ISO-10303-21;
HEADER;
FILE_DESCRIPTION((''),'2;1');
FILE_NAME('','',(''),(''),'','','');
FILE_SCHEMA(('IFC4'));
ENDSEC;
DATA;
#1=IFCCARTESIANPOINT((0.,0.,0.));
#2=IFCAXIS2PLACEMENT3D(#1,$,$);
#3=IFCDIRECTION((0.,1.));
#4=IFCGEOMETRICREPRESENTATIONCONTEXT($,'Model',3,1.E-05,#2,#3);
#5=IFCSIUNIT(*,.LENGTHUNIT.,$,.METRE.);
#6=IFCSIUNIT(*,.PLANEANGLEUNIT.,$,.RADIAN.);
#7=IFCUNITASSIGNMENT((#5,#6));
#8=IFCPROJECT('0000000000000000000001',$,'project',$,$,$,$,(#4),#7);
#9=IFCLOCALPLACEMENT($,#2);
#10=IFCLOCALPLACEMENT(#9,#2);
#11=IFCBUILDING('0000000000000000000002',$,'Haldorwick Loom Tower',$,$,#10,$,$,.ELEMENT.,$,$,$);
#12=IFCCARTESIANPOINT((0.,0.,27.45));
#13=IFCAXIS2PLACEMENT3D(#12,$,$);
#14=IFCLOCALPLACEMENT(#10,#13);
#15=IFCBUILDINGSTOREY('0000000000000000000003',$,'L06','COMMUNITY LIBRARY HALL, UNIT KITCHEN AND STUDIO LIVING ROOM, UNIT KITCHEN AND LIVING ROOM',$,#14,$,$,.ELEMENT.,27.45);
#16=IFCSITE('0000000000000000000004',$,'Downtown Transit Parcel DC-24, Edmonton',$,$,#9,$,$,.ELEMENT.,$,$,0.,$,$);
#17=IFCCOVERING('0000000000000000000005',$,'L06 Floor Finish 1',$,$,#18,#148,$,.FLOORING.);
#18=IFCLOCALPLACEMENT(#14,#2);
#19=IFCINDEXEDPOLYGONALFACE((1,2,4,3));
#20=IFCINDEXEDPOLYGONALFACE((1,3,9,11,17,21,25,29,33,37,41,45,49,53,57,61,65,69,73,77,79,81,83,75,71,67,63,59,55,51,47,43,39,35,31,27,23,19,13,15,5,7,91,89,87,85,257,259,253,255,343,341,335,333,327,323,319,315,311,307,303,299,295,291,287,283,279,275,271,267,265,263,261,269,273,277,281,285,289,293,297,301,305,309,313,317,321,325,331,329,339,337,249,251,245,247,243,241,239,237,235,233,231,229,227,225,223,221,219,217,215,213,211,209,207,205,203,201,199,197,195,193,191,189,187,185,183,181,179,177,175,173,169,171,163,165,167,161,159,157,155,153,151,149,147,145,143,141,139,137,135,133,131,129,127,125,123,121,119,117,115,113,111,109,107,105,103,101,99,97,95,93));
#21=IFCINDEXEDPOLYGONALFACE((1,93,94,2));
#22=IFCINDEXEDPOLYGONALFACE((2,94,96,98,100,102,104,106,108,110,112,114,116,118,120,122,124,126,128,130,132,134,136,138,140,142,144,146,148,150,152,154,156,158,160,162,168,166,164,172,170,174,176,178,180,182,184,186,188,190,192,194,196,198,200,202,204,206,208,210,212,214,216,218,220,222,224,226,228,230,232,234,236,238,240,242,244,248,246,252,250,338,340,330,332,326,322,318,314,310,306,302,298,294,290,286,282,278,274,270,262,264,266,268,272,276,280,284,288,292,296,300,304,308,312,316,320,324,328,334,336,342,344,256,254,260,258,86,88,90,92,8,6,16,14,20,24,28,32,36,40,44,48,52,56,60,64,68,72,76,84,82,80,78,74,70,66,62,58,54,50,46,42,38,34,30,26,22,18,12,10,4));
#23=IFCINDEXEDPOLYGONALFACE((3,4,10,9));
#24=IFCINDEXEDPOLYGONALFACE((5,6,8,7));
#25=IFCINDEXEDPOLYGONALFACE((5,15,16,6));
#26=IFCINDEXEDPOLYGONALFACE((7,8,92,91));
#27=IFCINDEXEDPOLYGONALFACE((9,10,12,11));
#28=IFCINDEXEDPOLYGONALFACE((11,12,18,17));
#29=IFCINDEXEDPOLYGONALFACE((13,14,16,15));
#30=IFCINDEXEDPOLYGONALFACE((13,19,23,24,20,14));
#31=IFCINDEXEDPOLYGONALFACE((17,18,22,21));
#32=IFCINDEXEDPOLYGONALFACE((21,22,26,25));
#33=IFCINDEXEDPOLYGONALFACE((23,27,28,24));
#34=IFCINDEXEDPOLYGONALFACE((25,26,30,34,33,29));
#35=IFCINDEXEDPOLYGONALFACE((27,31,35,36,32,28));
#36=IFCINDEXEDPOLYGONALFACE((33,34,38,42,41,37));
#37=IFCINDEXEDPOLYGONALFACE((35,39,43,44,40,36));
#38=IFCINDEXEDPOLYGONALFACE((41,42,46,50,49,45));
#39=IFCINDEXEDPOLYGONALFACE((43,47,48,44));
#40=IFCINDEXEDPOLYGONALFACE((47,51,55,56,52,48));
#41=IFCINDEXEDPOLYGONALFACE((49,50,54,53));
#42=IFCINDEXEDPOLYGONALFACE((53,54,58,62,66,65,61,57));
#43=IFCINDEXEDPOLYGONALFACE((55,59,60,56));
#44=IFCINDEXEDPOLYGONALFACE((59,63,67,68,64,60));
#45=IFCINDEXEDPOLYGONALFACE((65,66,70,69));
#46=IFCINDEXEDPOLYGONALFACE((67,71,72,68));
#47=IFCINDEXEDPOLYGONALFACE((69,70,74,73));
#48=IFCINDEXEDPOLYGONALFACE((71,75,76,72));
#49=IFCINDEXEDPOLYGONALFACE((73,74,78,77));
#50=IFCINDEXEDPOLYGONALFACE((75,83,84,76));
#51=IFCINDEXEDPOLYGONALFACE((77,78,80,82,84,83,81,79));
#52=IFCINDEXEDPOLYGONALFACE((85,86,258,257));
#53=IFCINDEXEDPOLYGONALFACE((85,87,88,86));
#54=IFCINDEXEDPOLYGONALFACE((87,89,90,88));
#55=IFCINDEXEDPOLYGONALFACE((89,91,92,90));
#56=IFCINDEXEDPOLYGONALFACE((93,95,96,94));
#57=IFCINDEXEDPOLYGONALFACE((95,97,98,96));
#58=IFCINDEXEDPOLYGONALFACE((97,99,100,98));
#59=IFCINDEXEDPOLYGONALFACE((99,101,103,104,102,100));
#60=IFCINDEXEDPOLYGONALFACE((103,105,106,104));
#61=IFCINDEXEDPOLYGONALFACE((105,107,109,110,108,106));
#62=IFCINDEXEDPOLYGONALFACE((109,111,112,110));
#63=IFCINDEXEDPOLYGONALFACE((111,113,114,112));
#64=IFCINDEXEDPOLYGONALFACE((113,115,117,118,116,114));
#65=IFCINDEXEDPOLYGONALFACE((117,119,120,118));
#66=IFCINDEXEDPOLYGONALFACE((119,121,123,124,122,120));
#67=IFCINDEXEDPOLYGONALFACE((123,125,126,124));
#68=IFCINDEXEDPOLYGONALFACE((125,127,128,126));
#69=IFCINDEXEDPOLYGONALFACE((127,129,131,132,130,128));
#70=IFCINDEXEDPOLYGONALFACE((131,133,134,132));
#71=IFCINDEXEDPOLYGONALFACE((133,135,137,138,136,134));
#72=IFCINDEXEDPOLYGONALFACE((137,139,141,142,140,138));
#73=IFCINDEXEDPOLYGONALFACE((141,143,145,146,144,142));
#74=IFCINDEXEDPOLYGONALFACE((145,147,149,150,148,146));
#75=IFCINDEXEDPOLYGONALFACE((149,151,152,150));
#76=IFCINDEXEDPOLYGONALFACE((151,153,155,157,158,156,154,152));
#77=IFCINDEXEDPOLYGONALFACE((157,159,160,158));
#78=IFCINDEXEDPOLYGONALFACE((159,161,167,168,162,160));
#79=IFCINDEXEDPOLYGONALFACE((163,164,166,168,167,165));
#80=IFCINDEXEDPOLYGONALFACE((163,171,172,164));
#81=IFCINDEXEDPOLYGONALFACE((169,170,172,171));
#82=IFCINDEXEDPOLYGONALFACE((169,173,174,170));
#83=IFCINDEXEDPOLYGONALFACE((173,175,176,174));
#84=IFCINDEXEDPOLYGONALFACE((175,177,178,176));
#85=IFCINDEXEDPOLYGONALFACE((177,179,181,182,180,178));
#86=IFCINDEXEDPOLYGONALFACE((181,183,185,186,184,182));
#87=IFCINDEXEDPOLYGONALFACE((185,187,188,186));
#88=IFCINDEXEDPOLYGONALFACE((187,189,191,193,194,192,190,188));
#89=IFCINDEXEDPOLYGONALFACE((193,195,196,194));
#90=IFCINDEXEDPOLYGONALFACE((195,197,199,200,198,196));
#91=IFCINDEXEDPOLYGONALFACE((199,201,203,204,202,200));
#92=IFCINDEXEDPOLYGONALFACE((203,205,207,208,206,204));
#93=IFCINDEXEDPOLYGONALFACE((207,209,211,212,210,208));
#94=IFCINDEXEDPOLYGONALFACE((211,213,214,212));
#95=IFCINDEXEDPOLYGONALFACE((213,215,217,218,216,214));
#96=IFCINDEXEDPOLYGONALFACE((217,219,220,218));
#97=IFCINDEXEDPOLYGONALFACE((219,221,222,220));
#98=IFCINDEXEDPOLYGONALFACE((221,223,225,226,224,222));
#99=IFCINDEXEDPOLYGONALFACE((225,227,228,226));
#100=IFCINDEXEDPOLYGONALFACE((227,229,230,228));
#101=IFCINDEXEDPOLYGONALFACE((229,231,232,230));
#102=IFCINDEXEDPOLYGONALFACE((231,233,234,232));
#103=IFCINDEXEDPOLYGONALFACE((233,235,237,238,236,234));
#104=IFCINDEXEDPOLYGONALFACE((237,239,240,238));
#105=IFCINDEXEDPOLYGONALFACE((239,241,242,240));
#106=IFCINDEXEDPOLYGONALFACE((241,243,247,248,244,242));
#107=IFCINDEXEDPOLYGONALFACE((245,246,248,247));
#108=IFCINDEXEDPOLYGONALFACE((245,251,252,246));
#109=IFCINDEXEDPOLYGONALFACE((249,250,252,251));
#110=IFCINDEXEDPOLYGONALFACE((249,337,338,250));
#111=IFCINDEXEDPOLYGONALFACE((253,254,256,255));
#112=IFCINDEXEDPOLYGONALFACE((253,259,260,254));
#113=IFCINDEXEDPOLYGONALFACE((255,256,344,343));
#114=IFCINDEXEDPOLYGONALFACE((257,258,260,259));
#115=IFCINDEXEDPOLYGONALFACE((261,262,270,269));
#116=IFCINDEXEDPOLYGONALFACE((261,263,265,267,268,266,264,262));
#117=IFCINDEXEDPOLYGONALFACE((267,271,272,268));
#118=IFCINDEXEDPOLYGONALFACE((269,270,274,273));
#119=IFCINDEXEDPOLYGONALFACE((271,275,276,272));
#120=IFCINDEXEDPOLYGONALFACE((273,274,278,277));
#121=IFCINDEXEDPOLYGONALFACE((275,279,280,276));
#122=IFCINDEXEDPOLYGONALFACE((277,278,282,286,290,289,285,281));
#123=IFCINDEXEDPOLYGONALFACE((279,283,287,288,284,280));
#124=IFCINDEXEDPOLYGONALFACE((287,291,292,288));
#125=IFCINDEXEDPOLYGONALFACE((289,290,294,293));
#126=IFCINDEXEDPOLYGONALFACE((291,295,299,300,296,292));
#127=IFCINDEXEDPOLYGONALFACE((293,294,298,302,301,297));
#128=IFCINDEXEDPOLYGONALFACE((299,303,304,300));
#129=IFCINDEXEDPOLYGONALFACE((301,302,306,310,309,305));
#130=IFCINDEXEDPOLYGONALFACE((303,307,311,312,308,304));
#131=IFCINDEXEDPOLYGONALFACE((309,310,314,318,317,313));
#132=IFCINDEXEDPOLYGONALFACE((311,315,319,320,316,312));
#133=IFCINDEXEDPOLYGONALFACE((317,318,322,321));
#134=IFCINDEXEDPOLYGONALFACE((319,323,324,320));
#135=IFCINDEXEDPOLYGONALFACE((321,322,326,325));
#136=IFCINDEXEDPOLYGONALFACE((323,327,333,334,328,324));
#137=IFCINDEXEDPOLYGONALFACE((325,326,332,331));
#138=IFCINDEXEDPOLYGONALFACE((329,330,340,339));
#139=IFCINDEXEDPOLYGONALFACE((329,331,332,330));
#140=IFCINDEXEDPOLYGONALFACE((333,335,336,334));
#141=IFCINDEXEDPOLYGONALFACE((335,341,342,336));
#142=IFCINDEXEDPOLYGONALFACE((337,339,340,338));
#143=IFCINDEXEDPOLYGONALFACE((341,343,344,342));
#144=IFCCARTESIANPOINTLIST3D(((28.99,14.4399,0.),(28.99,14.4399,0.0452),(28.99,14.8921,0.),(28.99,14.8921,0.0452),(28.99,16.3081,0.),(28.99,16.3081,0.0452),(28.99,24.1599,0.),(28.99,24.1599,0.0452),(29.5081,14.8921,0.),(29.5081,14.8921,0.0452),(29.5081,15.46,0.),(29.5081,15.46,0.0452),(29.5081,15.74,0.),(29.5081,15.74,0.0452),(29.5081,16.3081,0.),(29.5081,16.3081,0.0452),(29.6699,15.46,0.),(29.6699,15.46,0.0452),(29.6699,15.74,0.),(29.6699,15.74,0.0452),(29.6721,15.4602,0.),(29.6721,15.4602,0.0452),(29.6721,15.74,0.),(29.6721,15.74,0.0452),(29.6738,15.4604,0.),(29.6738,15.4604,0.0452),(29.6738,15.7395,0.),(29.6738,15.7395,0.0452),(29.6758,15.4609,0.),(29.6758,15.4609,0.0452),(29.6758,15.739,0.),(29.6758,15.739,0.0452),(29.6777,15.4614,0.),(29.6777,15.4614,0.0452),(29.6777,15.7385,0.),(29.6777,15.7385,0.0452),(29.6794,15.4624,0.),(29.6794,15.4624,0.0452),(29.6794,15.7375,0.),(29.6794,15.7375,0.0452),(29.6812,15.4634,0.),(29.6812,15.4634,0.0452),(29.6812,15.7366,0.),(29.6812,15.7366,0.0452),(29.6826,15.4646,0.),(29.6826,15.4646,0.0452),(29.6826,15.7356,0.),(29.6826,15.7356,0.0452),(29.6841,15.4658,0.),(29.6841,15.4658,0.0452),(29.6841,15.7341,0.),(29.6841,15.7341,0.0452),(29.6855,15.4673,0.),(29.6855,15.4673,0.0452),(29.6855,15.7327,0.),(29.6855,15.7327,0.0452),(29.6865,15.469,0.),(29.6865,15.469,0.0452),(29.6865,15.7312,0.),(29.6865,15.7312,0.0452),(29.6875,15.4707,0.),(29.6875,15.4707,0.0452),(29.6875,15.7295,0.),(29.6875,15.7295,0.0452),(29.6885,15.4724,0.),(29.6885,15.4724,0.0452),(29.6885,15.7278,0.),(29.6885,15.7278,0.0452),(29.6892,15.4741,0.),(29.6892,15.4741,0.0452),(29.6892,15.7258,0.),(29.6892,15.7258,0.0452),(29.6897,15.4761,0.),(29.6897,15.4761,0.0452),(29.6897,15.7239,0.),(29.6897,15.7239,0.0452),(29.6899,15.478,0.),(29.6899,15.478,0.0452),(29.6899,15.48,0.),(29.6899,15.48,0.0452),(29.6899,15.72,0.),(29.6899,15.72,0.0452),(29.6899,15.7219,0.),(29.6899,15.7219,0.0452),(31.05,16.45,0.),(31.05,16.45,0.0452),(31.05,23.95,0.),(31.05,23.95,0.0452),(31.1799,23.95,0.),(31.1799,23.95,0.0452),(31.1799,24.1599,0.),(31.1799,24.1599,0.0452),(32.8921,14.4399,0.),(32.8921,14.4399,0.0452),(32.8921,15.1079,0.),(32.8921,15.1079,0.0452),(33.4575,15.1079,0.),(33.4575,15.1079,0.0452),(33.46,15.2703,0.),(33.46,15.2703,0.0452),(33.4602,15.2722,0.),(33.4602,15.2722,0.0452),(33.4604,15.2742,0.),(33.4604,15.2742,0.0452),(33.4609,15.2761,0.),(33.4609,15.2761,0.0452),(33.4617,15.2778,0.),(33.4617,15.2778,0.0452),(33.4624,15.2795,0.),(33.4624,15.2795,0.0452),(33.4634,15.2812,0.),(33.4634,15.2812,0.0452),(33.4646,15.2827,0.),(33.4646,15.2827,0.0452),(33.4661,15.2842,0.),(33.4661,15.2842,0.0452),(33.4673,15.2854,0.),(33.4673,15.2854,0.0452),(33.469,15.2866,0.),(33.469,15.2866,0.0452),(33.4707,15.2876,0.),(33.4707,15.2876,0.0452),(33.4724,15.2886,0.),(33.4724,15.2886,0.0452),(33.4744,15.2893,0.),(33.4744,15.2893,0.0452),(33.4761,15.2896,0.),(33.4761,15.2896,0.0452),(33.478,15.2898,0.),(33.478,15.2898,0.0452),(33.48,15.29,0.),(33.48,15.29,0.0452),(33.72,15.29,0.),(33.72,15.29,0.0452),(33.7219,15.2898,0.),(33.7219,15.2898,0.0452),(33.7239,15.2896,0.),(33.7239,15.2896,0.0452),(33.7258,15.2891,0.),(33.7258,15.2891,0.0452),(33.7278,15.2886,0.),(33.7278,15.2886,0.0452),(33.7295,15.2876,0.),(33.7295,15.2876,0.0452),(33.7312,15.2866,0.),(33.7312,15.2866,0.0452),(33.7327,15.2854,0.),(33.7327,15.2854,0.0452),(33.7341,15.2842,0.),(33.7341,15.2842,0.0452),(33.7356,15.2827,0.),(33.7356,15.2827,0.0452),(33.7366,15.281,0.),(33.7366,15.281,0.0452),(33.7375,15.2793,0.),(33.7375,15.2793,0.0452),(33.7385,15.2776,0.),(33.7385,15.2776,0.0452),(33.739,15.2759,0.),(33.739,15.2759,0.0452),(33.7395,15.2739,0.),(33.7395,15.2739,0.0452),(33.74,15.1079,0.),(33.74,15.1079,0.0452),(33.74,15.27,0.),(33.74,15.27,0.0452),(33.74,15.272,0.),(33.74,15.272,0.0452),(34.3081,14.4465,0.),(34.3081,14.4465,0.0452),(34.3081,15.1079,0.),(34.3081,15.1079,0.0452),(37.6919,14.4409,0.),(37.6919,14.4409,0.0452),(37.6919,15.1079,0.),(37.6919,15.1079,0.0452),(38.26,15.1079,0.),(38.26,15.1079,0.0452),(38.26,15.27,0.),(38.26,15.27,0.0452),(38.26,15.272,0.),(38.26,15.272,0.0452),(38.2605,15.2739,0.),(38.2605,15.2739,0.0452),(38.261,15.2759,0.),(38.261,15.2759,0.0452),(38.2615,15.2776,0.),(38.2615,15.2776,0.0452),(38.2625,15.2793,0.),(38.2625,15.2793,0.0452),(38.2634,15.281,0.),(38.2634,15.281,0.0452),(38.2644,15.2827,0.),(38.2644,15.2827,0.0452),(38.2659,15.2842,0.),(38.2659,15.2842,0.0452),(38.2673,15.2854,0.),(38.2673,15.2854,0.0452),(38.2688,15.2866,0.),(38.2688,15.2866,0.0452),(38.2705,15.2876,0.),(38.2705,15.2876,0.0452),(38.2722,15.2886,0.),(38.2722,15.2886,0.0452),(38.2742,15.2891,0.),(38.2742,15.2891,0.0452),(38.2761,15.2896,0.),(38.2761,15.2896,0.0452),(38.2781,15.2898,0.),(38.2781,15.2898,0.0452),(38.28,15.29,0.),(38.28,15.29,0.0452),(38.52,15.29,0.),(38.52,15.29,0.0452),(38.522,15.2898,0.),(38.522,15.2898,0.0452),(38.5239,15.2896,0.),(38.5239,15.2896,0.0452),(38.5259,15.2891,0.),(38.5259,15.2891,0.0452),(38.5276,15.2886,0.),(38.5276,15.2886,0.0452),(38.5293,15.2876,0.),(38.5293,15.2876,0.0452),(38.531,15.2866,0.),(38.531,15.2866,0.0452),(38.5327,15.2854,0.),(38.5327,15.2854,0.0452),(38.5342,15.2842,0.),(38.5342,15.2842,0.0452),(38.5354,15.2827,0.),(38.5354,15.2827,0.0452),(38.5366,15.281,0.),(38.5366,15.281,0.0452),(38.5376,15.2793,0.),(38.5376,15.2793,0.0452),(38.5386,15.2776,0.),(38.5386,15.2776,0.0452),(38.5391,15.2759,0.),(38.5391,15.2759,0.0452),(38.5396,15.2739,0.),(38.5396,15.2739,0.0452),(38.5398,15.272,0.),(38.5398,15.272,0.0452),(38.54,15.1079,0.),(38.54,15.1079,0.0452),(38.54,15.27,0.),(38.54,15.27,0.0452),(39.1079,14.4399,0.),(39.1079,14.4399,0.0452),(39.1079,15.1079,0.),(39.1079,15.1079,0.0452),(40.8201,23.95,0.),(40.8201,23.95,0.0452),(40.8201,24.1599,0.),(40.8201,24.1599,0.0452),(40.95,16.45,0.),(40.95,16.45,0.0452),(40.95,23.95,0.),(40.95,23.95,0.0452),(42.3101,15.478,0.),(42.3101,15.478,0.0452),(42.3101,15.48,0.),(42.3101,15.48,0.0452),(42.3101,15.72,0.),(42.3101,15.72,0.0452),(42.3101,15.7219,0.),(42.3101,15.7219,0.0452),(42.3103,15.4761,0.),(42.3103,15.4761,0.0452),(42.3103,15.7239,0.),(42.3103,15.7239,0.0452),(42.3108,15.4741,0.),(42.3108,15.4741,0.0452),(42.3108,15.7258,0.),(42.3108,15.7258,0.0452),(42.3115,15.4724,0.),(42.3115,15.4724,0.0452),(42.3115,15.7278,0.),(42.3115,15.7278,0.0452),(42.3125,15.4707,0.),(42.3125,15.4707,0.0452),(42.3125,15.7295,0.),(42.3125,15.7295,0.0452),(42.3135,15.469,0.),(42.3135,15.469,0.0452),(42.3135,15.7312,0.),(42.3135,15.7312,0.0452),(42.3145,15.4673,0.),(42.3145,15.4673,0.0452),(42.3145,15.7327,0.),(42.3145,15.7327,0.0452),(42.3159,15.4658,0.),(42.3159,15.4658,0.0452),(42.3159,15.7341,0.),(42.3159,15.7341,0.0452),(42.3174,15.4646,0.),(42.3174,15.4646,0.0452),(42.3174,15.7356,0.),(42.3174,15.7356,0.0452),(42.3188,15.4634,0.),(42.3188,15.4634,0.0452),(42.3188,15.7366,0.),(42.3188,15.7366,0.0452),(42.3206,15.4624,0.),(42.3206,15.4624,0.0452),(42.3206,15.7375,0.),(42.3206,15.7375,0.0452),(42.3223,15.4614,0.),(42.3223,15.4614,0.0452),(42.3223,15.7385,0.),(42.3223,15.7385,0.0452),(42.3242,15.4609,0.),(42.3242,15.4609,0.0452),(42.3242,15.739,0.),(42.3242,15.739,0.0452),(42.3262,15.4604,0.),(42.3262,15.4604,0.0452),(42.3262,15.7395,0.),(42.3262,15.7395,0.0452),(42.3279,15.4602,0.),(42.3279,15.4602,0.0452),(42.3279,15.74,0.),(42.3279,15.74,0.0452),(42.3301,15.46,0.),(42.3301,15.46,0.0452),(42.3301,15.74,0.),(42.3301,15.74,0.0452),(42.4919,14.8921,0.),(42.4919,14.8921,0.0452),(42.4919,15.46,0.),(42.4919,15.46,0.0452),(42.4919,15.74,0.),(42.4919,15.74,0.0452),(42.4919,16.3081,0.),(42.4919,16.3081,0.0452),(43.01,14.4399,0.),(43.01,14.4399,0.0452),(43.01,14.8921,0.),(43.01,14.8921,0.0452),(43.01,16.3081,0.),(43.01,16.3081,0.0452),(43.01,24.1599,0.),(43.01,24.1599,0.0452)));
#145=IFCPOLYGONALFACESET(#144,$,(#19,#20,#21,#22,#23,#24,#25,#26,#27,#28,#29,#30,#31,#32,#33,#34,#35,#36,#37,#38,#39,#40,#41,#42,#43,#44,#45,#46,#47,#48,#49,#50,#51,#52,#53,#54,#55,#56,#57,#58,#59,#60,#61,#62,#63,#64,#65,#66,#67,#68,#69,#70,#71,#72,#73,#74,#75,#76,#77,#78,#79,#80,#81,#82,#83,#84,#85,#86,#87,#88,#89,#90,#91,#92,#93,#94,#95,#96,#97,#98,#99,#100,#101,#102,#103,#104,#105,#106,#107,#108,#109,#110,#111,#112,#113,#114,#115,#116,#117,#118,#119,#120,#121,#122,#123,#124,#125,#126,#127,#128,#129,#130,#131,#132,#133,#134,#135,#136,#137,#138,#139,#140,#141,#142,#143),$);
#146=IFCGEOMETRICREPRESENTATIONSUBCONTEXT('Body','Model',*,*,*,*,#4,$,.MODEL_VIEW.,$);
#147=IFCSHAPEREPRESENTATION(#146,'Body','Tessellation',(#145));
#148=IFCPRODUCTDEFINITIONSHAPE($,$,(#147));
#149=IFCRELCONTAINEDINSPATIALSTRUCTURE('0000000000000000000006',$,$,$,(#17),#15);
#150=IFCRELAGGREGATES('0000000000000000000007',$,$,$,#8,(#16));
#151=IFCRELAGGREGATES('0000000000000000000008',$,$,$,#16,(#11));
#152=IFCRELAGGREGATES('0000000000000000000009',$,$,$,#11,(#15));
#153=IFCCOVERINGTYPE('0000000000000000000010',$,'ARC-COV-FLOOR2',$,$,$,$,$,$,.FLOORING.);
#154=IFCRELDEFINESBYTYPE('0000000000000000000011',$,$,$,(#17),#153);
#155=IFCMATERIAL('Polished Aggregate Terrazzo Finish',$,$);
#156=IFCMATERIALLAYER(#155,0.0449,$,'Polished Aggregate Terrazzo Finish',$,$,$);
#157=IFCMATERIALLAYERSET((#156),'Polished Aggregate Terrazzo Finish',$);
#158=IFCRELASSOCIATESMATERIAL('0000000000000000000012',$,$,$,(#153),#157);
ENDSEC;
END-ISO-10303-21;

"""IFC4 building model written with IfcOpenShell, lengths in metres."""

from ifc_helpers import new_model, si_unit, direction, frame, origin, place, context, subcontext, project, spatial, polyline, outline, extrude, material, layer, layer_set, type_object, element, save


model = new_model("IFC4")

# Units and contexts
model_context = context("Model", 3, precision=1e-05, world=origin(), true_north=direction((0.0, 1.0)))
body_context = subcontext(model_context, "Body", "Model", "MODEL_VIEW")
ifc_project = project(units=[si_unit("LENGTHUNIT", "METRE"), si_unit("PLANEANGLEUNIT", "RADIAN")], contexts=[model_context])

# Site, building, storey
site_placement = place(None, origin())
site = spatial("IfcSite", under=ifc_project, at=site_placement, Name="Downtown Transit Parcel DC-24, Edmonton", CompositionType="ELEMENT", RefElevation=0.0)
building_placement = place(site_placement, origin())
building = spatial("IfcBuilding", under=site, at=building_placement, Name="Haldorwick Loom Tower", CompositionType="ELEMENT")
storey_placement = place(building_placement, frame((0.0, 0.0, 27.45)))
storey = spatial("IfcBuildingStorey", under=building, at=storey_placement, Name="L06", Description="COMMUNITY LIBRARY HALL, UNIT KITCHEN AND STUDIO LIVING ROOM, UNIT KITCHEN AND LIVING ROOM", CompositionType="ELEMENT", Elevation=27.45)

# Covering
ifc_material_1 = material(Name="Polished Aggregate Terrazzo Finish")
ifc_layer_1 = layer(ifc_material_1, 0.0449, Name="Polished Aggregate Terrazzo Finish")
ifc_layer_set_1 = layer_set([ifc_layer_1], Name="Polished Aggregate Terrazzo Finish")
covering_type_1 = type_object("IfcCoveringType", Name="ARC-COV-FLOOR2", PredefinedType="FLOORING", material=ifc_layer_set_1)
covering_1_placement = place(storey_placement, origin())
element("IfcCovering", 1, at=covering_1_placement, inside=storey, type_object=covering_type_1, Name="L06 Floor Finish 1", PredefinedType="FLOORING", context=body_context, shape_type="SweptSolid", body=[
    extrude(outline(polyline([(37.6919, 14.4409), (37.6919, 15.1079), (38.26, 15.1079), (38.26, 15.27), (38.26, 15.272), (38.2605, 15.2739), (38.261, 15.2759), (38.2615, 15.2776), (38.2625, 15.2793), (38.2634, 15.281), (38.2644, 15.2827), (38.2659, 15.2842), (38.2673, 15.2854), (38.2688, 15.2866), (38.2705, 15.2876), (38.2722, 15.2886), (38.2742, 15.2891), (38.2761, 15.2896), (38.2781, 15.2898), (38.28, 15.29), (38.52, 15.29), (38.522, 15.2898), (38.5239, 15.2896), (38.5259, 15.2891), (38.5276, 15.2886), (38.5293, 15.2876), (38.531, 15.2866), (38.5327, 15.2854), (38.5342, 15.2842), (38.5354, 15.2827), (38.5366, 15.281), (38.5376, 15.2793), (38.5386, 15.2776), (38.5391, 15.2759), (38.5396, 15.2739), (38.5398, 15.272), (38.54, 15.27), (38.54, 15.1079), (39.1079, 15.1079), (39.1079, 14.4399), (43.01, 14.4399), (43.01, 14.8921), (42.4919, 14.8921), (42.4919, 15.46), (42.3301, 15.46), (42.3279, 15.4602), (42.3262, 15.4604), (42.3242, 15.4609), (42.3223, 15.4614), (42.3206, 15.4624), (42.3188, 15.4634), (42.3174, 15.4646), (42.3159, 15.4658), (42.3145, 15.4673), (42.3135, 15.469), (42.3125, 15.4707), (42.3115, 15.4724), (42.3108, 15.4741), (42.3103, 15.4761), (42.3101, 15.478), (42.3101, 15.48), (42.3101, 15.72), (42.3101, 15.7219), (42.3103, 15.7239), (42.3108, 15.7258), (42.3115, 15.7278), (42.3125, 15.7295), (42.3135, 15.7312), (42.3145, 15.7327), (42.3159, 15.7341), (42.3174, 15.7356), (42.3188, 15.7366), (42.3206, 15.7375), (42.3223, 15.7385), (42.3242, 15.739), (42.3262, 15.7395), (42.3279, 15.74), (42.3301, 15.74), (42.4919, 15.74), (42.4919, 16.3081), (43.01, 16.3081), (43.01, 24.1599), (40.8201, 24.1599), (40.8201, 23.95), (40.95, 23.95), (40.95, 16.45), (31.05, 16.45), (31.05, 23.95), (31.1799, 23.95), (31.1799, 24.1599), (28.99, 24.1599), (28.99, 16.3081), (29.5081, 16.3081), (29.5081, 15.74), (29.6699, 15.74), (29.6721, 15.74), (29.6738, 15.7395), (29.6758, 15.739), (29.6777, 15.7385), (29.6794, 15.7375), (29.6812, 15.7366), (29.6826, 15.7356), (29.6841, 15.7341), (29.6855, 15.7327), (29.6865, 15.7312), (29.6875, 15.7295), (29.6885, 15.7278), (29.6892, 15.7258), (29.6897, 15.7239), (29.6899, 15.7219), (29.6899, 15.72), (29.6899, 15.48), (29.6899, 15.478), (29.6897, 15.4761), (29.6892, 15.4741), (29.6885, 15.4724), (29.6875, 15.4707), (29.6865, 15.469), (29.6855, 15.4673), (29.6841, 15.4658), (29.6826, 15.4646), (29.6812, 15.4634), (29.6794, 15.4624), (29.6777, 15.4614), (29.6758, 15.4609), (29.6738, 15.4604), (29.6721, 15.4602), (29.6699, 15.46), (29.5081, 15.46), (29.5081, 14.8921), (28.99, 14.8921), (28.99, 14.4399), (32.8921, 14.4399), (32.8921, 15.1079), (33.4575, 15.1079), (33.46, 15.2703), (33.4602, 15.2722), (33.4604, 15.2742), (33.4609, 15.2761), (33.4617, 15.2778), (33.4624, 15.2795), (33.4634, 15.2812), (33.4646, 15.2827), (33.4661, 15.2842), (33.4673, 15.2854), (33.469, 15.2866), (33.4707, 15.2876), (33.4724, 15.2886), (33.4744, 15.2893), (33.4761, 15.2896), (33.478, 15.2898), (33.48, 15.29), (33.72, 15.29), (33.7219, 15.2898), (33.7239, 15.2896), (33.7258, 15.2891), (33.7278, 15.2886), (33.7295, 15.2876), (33.7312, 15.2866), (33.7327, 15.2854), (33.7341, 15.2842), (33.7356, 15.2827), (33.7366, 15.281), (33.7375, 15.2793), (33.7385, 15.2776), (33.739, 15.2759), (33.7395, 15.2739), (33.74, 15.272), (33.74, 15.27), (33.74, 15.1079), (34.3081, 15.1079), (34.3081, 14.4465), (37.6919, 14.4409)])), origin(), (0.0, 0.0, 1.0), 0.0452),
])

save(model, "model.ifc")
